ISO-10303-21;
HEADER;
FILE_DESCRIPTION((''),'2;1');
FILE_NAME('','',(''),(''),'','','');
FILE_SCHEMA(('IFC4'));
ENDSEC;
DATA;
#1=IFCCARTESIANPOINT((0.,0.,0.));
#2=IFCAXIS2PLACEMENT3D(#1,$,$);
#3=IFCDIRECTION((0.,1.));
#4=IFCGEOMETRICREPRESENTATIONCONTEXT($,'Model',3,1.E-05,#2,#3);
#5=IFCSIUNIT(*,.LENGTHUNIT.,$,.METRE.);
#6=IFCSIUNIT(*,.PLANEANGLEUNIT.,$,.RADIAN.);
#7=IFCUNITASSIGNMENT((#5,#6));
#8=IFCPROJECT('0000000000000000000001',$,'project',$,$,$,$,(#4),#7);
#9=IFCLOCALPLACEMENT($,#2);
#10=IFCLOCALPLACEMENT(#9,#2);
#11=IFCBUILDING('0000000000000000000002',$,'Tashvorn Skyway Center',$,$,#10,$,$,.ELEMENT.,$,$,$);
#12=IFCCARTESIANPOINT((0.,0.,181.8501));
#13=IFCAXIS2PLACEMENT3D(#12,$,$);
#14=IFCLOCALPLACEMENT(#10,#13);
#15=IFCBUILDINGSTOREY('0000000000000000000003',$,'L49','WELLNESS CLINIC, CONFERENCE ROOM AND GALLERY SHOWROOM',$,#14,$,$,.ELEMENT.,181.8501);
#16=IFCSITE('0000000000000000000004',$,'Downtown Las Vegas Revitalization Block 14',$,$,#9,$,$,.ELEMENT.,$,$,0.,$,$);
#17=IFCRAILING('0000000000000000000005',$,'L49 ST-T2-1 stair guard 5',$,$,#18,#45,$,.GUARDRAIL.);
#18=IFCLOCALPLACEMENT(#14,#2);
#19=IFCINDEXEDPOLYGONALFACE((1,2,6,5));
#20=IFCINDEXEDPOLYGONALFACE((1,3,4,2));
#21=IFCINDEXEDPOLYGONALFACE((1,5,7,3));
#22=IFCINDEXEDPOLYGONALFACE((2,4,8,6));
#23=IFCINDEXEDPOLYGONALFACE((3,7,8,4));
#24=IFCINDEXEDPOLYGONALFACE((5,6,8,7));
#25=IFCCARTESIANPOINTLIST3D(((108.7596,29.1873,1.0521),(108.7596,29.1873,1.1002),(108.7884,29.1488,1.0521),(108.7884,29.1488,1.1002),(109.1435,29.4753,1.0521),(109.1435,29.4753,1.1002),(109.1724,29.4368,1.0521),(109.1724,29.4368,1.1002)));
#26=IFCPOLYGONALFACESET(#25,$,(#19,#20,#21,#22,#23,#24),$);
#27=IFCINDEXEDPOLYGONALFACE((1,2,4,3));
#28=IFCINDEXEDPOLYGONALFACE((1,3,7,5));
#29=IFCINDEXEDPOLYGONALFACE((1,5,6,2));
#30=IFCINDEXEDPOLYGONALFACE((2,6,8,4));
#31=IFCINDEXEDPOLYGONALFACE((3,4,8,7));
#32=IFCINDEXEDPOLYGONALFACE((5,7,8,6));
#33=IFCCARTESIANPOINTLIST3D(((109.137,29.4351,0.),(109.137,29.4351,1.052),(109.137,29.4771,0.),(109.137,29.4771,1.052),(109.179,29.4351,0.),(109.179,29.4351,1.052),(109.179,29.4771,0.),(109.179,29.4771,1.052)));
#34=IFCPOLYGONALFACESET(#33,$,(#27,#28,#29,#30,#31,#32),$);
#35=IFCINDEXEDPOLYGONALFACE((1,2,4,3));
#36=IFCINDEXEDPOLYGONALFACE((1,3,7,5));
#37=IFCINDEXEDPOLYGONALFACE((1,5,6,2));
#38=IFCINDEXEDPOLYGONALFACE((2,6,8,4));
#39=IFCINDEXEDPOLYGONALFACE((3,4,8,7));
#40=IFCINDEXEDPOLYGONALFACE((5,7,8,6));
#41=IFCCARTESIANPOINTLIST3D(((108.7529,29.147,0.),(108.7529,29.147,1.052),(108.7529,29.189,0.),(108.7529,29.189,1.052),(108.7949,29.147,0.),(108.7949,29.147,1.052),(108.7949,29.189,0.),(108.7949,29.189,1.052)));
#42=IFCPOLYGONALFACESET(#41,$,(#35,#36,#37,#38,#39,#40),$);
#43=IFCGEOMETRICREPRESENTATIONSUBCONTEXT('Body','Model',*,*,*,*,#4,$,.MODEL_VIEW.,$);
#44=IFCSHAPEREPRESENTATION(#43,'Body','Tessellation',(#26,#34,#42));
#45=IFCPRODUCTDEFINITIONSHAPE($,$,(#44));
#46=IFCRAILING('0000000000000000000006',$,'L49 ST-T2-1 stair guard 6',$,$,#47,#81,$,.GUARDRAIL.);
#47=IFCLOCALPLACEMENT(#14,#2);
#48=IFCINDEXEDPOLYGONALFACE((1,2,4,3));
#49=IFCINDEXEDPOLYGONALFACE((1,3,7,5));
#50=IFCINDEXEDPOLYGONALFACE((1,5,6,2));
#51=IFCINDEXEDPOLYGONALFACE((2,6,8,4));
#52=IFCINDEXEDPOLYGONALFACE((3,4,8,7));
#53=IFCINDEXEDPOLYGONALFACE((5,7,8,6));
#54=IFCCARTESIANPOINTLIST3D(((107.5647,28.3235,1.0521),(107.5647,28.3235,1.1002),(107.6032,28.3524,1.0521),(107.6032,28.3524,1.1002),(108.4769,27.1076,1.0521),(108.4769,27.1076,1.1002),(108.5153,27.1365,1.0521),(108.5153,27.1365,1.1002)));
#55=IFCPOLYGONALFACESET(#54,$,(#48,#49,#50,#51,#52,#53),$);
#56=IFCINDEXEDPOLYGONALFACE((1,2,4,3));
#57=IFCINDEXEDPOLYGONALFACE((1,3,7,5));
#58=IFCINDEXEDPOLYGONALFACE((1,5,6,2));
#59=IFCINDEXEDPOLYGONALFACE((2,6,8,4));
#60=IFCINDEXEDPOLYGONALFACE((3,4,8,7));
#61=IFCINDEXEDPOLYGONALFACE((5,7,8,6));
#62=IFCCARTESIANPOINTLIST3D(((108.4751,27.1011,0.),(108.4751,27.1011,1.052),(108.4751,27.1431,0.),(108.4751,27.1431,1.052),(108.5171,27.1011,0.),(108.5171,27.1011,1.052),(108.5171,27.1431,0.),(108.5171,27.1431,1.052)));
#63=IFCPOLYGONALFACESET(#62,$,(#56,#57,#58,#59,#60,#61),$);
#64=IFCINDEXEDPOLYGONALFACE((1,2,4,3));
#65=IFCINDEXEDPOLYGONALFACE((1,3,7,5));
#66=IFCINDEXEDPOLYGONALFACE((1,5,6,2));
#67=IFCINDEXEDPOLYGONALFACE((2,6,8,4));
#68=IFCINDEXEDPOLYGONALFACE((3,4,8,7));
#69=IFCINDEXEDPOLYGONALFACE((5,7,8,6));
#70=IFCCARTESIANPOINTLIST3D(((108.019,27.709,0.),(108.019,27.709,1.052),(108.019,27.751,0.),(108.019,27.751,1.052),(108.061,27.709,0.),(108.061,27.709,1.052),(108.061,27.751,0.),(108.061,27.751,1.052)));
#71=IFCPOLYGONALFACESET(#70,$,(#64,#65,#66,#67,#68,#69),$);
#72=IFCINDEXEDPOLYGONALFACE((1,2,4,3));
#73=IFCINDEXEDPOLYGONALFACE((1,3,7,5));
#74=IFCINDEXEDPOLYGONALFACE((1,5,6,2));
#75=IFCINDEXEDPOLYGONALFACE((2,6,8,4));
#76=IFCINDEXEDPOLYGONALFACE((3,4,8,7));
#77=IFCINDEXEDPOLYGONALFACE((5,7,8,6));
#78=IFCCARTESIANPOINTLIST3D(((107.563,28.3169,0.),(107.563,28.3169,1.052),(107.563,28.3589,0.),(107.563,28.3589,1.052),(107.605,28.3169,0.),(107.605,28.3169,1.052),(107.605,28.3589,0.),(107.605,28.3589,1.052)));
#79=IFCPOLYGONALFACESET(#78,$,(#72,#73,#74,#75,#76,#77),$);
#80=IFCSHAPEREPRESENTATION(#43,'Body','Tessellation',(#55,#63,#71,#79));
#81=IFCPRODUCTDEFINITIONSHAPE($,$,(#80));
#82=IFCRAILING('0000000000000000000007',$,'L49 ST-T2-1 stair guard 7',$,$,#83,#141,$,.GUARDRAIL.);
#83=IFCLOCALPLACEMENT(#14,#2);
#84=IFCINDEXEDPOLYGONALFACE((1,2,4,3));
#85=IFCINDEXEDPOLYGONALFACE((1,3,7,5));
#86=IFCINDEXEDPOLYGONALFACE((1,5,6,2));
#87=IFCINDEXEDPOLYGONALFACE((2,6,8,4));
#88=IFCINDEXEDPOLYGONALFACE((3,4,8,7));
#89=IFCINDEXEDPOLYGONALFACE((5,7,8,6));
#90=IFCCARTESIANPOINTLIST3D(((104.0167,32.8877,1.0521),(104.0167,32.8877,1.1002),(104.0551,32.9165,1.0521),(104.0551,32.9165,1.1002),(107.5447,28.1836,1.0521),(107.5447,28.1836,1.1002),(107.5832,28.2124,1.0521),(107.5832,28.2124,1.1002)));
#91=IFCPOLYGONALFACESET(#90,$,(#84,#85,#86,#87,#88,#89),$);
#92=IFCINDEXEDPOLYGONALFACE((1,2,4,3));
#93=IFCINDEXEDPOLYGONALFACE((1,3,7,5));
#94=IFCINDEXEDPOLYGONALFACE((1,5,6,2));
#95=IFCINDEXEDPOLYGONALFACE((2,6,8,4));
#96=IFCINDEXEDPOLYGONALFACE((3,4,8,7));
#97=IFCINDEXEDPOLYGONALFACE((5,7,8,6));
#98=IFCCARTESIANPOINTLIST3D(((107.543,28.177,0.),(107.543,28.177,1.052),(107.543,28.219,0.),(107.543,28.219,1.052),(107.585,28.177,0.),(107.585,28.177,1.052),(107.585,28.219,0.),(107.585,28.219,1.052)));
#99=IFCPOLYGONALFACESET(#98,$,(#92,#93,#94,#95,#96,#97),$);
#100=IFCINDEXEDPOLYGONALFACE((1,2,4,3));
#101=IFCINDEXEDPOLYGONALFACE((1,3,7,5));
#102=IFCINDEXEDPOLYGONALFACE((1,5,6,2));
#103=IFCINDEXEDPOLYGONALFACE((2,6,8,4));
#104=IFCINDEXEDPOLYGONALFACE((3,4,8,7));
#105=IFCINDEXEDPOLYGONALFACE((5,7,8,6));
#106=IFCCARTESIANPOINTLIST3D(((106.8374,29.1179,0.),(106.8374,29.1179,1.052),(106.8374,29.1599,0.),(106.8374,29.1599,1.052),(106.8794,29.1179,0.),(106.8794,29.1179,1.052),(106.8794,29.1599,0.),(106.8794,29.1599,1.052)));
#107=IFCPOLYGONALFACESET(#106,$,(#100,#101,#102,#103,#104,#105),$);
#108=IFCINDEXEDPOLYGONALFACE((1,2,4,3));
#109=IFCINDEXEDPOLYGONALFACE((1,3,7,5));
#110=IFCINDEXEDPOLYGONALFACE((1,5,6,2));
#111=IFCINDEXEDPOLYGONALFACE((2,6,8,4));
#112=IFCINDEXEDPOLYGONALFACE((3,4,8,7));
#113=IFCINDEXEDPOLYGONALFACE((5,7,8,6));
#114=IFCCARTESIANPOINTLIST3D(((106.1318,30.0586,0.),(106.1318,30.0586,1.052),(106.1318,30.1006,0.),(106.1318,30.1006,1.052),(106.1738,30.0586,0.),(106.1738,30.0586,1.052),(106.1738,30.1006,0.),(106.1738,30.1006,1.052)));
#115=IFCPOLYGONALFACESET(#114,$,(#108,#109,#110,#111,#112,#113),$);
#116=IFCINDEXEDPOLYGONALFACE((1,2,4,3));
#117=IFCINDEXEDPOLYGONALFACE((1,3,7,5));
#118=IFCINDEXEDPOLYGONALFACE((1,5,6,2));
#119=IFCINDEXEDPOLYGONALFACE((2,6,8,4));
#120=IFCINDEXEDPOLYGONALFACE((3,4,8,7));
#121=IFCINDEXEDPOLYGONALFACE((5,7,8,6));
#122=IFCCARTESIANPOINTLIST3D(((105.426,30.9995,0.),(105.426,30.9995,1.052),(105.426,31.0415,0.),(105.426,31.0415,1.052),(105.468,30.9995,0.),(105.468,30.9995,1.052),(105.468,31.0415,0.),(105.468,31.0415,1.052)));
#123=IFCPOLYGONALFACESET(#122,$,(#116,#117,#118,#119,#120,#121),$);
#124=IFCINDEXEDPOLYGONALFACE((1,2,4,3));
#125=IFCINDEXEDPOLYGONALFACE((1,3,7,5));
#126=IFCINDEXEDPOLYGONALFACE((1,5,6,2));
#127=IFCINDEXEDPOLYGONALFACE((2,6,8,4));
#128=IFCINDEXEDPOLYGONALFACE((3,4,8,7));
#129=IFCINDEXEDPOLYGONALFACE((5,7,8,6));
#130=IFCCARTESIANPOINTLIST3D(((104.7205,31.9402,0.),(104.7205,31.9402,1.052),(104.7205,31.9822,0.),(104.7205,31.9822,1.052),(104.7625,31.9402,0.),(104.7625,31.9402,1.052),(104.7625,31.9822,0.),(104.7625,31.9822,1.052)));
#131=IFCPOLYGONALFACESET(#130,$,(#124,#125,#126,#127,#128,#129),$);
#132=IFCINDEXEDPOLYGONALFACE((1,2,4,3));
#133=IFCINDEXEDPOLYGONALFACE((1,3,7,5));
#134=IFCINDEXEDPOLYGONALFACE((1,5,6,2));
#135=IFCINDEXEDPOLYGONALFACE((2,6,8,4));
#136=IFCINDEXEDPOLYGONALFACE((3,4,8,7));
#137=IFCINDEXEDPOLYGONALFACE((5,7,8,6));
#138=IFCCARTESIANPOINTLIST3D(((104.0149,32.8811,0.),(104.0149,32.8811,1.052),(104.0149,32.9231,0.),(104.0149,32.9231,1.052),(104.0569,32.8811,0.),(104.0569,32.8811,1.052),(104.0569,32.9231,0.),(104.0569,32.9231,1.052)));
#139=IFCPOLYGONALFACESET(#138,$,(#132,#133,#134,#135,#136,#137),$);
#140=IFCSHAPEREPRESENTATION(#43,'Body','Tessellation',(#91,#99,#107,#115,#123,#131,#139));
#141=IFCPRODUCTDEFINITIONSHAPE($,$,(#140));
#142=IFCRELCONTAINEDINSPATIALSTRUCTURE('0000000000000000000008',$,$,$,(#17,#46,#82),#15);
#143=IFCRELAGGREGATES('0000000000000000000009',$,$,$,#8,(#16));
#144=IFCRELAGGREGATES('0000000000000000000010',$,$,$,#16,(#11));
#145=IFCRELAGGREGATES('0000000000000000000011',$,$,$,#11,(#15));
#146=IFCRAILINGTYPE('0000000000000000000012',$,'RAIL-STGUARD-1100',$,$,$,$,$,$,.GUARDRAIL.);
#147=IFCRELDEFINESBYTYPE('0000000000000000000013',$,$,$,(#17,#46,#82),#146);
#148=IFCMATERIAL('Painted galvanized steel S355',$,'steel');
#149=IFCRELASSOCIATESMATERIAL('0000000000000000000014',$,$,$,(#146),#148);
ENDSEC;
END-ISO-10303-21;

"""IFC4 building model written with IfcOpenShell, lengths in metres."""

from ifc_helpers import new_model, si_unit, direction, frame, origin, origin_2d, place, context, subcontext, project, spatial, rectangle, extrude, material, type_object, element, save


model = new_model("IFC4")

# Units and contexts
model_context = context("Model", 3, precision=1e-05, world=origin(), true_north=direction((0.0, 1.0)))
body_context = subcontext(model_context, "Body", "Model", "MODEL_VIEW")
ifc_project = project(units=[si_unit("LENGTHUNIT", "METRE"), si_unit("PLANEANGLEUNIT", "RADIAN")], contexts=[model_context])

# Site, building, storey
site_placement = place(None, origin())
site = spatial("IfcSite", under=ifc_project, at=site_placement, Name="Downtown Las Vegas Revitalization Block 14", CompositionType="ELEMENT", RefElevation=0.0)
building_placement = place(site_placement, origin())
building = spatial("IfcBuilding", under=site, at=building_placement, Name="Tashvorn Skyway Center", CompositionType="ELEMENT")
storey_placement = place(building_placement, frame((0.0, 0.0, 181.8501)))
storey = spatial("IfcBuildingStorey", under=building, at=storey_placement, Name="L49", Description="WELLNESS CLINIC, CONFERENCE ROOM AND GALLERY SHOWROOM", CompositionType="ELEMENT", Elevation=181.8501)

# Railings
ifc_material_1 = material(Name="Painted galvanized steel S355", Category="steel")
railing_type = type_object("IfcRailingType", Name="RAIL-STGUARD-1100", PredefinedType="GUARDRAIL", material=ifc_material_1)
railing_1_placement = place(storey_placement, frame((109.158, 29.4561, 0.0)))
element("IfcRailing", 1, at=railing_1_placement, inside=storey, type_object=railing_type, Name="L49 ST-T2-1 stair guard 5", PredefinedType="GUARDRAIL", context=body_context, shape_type="SweptSolid", body=[
    extrude(rectangle(XDim=0.0481, YDim=0.0481, at=origin_2d()), frame((0.0, 0.0, 1.0762), z_axis=(-0.799939, -0.600081, 0.0), x_axis=(0.600081, -0.799939, 0.0)), (0.0, 0.0, 1.0), 0.48),
    extrude(rectangle(XDim=0.042, YDim=0.042, at=origin_2d()), origin(), (0.0, 0.0, 1.0), 1.052),
    extrude(rectangle(XDim=0.042, YDim=0.042, at=origin_2d()), frame((-0.384, -0.2881, 0.0)), (0.0, 0.0, 1.0), 1.052),
])
railing_2_placement = place(storey_placement, frame((108.4961, 27.1221, 0.0)))
element("IfcRailing", 2, at=railing_2_placement, inside=storey, type_object=railing_type, Name="L49 ST-T2-1 stair guard 6", PredefinedType="GUARDRAIL", context=body_context, shape_type="SweptSolid", body=[
    extrude(rectangle(XDim=0.0481, YDim=0.0481, at=origin_2d()), frame((0.0, 0.0, 1.0762), z_axis=(-0.600103, 0.799923, 0.0), x_axis=(-0.799923, -0.600103, 0.0)), (0.0, 0.0, 1.0), 1.52),
    extrude(rectangle(XDim=0.042, YDim=0.042, at=origin_2d()), origin(), (0.0, 0.0, 1.0), 1.052),
    extrude(rectangle(XDim=0.042, YDim=0.042, at=origin_2d()), frame((-0.4561, 0.6079, 0.0)), (0.0, 0.0, 1.0), 1.052),
    extrude(rectangle(XDim=0.042, YDim=0.042, at=origin_2d()), frame((-0.9121, 1.2158, 0.0)), (0.0, 0.0, 1.0), 1.052),
])
railing_3_placement = place(storey_placement, frame((107.564, 28.198, 0.0)))
element("IfcRailing", 3, at=railing_3_placement, inside=storey, type_object=railing_type, Name="L49 ST-T2-1 stair guard 7", PredefinedType="GUARDRAIL", context=body_context, shape_type="SweptSolid", body=[
    extrude(rectangle(XDim=0.0481, YDim=0.0481, at=origin_2d()), frame((0.0, 0.0, 1.0762), z_axis=(-0.6, 0.8, 0.0), x_axis=(-0.8, -0.6, 0.0)), (0.0, 0.0, 1.0), 5.8801),
    extrude(rectangle(XDim=0.042, YDim=0.042, at=origin_2d()), origin(), (0.0, 0.0, 1.0), 1.052),
    extrude(rectangle(XDim=0.042, YDim=0.042, at=origin_2d()), frame((-0.7056, 0.9409, 0.0)), (0.0, 0.0, 1.0), 1.052),
    extrude(rectangle(XDim=0.042, YDim=0.042, at=origin_2d()), frame((-1.4111, 1.8816, 0.0)), (0.0, 0.0, 1.0), 1.052),
    extrude(rectangle(XDim=0.042, YDim=0.042, at=origin_2d()), frame((-2.1169, 2.8225, 0.0)), (0.0, 0.0, 1.0), 1.052),
    extrude(rectangle(XDim=0.042, YDim=0.042, at=origin_2d()), frame((-2.8225, 3.7632, 0.0)), (0.0, 0.0, 1.0), 1.052),
    extrude(rectangle(XDim=0.042, YDim=0.042, at=origin_2d()), frame((-3.5281, 4.7041, 0.0)), (0.0, 0.0, 1.0), 1.052),
])

save(model, "model.ifc")
